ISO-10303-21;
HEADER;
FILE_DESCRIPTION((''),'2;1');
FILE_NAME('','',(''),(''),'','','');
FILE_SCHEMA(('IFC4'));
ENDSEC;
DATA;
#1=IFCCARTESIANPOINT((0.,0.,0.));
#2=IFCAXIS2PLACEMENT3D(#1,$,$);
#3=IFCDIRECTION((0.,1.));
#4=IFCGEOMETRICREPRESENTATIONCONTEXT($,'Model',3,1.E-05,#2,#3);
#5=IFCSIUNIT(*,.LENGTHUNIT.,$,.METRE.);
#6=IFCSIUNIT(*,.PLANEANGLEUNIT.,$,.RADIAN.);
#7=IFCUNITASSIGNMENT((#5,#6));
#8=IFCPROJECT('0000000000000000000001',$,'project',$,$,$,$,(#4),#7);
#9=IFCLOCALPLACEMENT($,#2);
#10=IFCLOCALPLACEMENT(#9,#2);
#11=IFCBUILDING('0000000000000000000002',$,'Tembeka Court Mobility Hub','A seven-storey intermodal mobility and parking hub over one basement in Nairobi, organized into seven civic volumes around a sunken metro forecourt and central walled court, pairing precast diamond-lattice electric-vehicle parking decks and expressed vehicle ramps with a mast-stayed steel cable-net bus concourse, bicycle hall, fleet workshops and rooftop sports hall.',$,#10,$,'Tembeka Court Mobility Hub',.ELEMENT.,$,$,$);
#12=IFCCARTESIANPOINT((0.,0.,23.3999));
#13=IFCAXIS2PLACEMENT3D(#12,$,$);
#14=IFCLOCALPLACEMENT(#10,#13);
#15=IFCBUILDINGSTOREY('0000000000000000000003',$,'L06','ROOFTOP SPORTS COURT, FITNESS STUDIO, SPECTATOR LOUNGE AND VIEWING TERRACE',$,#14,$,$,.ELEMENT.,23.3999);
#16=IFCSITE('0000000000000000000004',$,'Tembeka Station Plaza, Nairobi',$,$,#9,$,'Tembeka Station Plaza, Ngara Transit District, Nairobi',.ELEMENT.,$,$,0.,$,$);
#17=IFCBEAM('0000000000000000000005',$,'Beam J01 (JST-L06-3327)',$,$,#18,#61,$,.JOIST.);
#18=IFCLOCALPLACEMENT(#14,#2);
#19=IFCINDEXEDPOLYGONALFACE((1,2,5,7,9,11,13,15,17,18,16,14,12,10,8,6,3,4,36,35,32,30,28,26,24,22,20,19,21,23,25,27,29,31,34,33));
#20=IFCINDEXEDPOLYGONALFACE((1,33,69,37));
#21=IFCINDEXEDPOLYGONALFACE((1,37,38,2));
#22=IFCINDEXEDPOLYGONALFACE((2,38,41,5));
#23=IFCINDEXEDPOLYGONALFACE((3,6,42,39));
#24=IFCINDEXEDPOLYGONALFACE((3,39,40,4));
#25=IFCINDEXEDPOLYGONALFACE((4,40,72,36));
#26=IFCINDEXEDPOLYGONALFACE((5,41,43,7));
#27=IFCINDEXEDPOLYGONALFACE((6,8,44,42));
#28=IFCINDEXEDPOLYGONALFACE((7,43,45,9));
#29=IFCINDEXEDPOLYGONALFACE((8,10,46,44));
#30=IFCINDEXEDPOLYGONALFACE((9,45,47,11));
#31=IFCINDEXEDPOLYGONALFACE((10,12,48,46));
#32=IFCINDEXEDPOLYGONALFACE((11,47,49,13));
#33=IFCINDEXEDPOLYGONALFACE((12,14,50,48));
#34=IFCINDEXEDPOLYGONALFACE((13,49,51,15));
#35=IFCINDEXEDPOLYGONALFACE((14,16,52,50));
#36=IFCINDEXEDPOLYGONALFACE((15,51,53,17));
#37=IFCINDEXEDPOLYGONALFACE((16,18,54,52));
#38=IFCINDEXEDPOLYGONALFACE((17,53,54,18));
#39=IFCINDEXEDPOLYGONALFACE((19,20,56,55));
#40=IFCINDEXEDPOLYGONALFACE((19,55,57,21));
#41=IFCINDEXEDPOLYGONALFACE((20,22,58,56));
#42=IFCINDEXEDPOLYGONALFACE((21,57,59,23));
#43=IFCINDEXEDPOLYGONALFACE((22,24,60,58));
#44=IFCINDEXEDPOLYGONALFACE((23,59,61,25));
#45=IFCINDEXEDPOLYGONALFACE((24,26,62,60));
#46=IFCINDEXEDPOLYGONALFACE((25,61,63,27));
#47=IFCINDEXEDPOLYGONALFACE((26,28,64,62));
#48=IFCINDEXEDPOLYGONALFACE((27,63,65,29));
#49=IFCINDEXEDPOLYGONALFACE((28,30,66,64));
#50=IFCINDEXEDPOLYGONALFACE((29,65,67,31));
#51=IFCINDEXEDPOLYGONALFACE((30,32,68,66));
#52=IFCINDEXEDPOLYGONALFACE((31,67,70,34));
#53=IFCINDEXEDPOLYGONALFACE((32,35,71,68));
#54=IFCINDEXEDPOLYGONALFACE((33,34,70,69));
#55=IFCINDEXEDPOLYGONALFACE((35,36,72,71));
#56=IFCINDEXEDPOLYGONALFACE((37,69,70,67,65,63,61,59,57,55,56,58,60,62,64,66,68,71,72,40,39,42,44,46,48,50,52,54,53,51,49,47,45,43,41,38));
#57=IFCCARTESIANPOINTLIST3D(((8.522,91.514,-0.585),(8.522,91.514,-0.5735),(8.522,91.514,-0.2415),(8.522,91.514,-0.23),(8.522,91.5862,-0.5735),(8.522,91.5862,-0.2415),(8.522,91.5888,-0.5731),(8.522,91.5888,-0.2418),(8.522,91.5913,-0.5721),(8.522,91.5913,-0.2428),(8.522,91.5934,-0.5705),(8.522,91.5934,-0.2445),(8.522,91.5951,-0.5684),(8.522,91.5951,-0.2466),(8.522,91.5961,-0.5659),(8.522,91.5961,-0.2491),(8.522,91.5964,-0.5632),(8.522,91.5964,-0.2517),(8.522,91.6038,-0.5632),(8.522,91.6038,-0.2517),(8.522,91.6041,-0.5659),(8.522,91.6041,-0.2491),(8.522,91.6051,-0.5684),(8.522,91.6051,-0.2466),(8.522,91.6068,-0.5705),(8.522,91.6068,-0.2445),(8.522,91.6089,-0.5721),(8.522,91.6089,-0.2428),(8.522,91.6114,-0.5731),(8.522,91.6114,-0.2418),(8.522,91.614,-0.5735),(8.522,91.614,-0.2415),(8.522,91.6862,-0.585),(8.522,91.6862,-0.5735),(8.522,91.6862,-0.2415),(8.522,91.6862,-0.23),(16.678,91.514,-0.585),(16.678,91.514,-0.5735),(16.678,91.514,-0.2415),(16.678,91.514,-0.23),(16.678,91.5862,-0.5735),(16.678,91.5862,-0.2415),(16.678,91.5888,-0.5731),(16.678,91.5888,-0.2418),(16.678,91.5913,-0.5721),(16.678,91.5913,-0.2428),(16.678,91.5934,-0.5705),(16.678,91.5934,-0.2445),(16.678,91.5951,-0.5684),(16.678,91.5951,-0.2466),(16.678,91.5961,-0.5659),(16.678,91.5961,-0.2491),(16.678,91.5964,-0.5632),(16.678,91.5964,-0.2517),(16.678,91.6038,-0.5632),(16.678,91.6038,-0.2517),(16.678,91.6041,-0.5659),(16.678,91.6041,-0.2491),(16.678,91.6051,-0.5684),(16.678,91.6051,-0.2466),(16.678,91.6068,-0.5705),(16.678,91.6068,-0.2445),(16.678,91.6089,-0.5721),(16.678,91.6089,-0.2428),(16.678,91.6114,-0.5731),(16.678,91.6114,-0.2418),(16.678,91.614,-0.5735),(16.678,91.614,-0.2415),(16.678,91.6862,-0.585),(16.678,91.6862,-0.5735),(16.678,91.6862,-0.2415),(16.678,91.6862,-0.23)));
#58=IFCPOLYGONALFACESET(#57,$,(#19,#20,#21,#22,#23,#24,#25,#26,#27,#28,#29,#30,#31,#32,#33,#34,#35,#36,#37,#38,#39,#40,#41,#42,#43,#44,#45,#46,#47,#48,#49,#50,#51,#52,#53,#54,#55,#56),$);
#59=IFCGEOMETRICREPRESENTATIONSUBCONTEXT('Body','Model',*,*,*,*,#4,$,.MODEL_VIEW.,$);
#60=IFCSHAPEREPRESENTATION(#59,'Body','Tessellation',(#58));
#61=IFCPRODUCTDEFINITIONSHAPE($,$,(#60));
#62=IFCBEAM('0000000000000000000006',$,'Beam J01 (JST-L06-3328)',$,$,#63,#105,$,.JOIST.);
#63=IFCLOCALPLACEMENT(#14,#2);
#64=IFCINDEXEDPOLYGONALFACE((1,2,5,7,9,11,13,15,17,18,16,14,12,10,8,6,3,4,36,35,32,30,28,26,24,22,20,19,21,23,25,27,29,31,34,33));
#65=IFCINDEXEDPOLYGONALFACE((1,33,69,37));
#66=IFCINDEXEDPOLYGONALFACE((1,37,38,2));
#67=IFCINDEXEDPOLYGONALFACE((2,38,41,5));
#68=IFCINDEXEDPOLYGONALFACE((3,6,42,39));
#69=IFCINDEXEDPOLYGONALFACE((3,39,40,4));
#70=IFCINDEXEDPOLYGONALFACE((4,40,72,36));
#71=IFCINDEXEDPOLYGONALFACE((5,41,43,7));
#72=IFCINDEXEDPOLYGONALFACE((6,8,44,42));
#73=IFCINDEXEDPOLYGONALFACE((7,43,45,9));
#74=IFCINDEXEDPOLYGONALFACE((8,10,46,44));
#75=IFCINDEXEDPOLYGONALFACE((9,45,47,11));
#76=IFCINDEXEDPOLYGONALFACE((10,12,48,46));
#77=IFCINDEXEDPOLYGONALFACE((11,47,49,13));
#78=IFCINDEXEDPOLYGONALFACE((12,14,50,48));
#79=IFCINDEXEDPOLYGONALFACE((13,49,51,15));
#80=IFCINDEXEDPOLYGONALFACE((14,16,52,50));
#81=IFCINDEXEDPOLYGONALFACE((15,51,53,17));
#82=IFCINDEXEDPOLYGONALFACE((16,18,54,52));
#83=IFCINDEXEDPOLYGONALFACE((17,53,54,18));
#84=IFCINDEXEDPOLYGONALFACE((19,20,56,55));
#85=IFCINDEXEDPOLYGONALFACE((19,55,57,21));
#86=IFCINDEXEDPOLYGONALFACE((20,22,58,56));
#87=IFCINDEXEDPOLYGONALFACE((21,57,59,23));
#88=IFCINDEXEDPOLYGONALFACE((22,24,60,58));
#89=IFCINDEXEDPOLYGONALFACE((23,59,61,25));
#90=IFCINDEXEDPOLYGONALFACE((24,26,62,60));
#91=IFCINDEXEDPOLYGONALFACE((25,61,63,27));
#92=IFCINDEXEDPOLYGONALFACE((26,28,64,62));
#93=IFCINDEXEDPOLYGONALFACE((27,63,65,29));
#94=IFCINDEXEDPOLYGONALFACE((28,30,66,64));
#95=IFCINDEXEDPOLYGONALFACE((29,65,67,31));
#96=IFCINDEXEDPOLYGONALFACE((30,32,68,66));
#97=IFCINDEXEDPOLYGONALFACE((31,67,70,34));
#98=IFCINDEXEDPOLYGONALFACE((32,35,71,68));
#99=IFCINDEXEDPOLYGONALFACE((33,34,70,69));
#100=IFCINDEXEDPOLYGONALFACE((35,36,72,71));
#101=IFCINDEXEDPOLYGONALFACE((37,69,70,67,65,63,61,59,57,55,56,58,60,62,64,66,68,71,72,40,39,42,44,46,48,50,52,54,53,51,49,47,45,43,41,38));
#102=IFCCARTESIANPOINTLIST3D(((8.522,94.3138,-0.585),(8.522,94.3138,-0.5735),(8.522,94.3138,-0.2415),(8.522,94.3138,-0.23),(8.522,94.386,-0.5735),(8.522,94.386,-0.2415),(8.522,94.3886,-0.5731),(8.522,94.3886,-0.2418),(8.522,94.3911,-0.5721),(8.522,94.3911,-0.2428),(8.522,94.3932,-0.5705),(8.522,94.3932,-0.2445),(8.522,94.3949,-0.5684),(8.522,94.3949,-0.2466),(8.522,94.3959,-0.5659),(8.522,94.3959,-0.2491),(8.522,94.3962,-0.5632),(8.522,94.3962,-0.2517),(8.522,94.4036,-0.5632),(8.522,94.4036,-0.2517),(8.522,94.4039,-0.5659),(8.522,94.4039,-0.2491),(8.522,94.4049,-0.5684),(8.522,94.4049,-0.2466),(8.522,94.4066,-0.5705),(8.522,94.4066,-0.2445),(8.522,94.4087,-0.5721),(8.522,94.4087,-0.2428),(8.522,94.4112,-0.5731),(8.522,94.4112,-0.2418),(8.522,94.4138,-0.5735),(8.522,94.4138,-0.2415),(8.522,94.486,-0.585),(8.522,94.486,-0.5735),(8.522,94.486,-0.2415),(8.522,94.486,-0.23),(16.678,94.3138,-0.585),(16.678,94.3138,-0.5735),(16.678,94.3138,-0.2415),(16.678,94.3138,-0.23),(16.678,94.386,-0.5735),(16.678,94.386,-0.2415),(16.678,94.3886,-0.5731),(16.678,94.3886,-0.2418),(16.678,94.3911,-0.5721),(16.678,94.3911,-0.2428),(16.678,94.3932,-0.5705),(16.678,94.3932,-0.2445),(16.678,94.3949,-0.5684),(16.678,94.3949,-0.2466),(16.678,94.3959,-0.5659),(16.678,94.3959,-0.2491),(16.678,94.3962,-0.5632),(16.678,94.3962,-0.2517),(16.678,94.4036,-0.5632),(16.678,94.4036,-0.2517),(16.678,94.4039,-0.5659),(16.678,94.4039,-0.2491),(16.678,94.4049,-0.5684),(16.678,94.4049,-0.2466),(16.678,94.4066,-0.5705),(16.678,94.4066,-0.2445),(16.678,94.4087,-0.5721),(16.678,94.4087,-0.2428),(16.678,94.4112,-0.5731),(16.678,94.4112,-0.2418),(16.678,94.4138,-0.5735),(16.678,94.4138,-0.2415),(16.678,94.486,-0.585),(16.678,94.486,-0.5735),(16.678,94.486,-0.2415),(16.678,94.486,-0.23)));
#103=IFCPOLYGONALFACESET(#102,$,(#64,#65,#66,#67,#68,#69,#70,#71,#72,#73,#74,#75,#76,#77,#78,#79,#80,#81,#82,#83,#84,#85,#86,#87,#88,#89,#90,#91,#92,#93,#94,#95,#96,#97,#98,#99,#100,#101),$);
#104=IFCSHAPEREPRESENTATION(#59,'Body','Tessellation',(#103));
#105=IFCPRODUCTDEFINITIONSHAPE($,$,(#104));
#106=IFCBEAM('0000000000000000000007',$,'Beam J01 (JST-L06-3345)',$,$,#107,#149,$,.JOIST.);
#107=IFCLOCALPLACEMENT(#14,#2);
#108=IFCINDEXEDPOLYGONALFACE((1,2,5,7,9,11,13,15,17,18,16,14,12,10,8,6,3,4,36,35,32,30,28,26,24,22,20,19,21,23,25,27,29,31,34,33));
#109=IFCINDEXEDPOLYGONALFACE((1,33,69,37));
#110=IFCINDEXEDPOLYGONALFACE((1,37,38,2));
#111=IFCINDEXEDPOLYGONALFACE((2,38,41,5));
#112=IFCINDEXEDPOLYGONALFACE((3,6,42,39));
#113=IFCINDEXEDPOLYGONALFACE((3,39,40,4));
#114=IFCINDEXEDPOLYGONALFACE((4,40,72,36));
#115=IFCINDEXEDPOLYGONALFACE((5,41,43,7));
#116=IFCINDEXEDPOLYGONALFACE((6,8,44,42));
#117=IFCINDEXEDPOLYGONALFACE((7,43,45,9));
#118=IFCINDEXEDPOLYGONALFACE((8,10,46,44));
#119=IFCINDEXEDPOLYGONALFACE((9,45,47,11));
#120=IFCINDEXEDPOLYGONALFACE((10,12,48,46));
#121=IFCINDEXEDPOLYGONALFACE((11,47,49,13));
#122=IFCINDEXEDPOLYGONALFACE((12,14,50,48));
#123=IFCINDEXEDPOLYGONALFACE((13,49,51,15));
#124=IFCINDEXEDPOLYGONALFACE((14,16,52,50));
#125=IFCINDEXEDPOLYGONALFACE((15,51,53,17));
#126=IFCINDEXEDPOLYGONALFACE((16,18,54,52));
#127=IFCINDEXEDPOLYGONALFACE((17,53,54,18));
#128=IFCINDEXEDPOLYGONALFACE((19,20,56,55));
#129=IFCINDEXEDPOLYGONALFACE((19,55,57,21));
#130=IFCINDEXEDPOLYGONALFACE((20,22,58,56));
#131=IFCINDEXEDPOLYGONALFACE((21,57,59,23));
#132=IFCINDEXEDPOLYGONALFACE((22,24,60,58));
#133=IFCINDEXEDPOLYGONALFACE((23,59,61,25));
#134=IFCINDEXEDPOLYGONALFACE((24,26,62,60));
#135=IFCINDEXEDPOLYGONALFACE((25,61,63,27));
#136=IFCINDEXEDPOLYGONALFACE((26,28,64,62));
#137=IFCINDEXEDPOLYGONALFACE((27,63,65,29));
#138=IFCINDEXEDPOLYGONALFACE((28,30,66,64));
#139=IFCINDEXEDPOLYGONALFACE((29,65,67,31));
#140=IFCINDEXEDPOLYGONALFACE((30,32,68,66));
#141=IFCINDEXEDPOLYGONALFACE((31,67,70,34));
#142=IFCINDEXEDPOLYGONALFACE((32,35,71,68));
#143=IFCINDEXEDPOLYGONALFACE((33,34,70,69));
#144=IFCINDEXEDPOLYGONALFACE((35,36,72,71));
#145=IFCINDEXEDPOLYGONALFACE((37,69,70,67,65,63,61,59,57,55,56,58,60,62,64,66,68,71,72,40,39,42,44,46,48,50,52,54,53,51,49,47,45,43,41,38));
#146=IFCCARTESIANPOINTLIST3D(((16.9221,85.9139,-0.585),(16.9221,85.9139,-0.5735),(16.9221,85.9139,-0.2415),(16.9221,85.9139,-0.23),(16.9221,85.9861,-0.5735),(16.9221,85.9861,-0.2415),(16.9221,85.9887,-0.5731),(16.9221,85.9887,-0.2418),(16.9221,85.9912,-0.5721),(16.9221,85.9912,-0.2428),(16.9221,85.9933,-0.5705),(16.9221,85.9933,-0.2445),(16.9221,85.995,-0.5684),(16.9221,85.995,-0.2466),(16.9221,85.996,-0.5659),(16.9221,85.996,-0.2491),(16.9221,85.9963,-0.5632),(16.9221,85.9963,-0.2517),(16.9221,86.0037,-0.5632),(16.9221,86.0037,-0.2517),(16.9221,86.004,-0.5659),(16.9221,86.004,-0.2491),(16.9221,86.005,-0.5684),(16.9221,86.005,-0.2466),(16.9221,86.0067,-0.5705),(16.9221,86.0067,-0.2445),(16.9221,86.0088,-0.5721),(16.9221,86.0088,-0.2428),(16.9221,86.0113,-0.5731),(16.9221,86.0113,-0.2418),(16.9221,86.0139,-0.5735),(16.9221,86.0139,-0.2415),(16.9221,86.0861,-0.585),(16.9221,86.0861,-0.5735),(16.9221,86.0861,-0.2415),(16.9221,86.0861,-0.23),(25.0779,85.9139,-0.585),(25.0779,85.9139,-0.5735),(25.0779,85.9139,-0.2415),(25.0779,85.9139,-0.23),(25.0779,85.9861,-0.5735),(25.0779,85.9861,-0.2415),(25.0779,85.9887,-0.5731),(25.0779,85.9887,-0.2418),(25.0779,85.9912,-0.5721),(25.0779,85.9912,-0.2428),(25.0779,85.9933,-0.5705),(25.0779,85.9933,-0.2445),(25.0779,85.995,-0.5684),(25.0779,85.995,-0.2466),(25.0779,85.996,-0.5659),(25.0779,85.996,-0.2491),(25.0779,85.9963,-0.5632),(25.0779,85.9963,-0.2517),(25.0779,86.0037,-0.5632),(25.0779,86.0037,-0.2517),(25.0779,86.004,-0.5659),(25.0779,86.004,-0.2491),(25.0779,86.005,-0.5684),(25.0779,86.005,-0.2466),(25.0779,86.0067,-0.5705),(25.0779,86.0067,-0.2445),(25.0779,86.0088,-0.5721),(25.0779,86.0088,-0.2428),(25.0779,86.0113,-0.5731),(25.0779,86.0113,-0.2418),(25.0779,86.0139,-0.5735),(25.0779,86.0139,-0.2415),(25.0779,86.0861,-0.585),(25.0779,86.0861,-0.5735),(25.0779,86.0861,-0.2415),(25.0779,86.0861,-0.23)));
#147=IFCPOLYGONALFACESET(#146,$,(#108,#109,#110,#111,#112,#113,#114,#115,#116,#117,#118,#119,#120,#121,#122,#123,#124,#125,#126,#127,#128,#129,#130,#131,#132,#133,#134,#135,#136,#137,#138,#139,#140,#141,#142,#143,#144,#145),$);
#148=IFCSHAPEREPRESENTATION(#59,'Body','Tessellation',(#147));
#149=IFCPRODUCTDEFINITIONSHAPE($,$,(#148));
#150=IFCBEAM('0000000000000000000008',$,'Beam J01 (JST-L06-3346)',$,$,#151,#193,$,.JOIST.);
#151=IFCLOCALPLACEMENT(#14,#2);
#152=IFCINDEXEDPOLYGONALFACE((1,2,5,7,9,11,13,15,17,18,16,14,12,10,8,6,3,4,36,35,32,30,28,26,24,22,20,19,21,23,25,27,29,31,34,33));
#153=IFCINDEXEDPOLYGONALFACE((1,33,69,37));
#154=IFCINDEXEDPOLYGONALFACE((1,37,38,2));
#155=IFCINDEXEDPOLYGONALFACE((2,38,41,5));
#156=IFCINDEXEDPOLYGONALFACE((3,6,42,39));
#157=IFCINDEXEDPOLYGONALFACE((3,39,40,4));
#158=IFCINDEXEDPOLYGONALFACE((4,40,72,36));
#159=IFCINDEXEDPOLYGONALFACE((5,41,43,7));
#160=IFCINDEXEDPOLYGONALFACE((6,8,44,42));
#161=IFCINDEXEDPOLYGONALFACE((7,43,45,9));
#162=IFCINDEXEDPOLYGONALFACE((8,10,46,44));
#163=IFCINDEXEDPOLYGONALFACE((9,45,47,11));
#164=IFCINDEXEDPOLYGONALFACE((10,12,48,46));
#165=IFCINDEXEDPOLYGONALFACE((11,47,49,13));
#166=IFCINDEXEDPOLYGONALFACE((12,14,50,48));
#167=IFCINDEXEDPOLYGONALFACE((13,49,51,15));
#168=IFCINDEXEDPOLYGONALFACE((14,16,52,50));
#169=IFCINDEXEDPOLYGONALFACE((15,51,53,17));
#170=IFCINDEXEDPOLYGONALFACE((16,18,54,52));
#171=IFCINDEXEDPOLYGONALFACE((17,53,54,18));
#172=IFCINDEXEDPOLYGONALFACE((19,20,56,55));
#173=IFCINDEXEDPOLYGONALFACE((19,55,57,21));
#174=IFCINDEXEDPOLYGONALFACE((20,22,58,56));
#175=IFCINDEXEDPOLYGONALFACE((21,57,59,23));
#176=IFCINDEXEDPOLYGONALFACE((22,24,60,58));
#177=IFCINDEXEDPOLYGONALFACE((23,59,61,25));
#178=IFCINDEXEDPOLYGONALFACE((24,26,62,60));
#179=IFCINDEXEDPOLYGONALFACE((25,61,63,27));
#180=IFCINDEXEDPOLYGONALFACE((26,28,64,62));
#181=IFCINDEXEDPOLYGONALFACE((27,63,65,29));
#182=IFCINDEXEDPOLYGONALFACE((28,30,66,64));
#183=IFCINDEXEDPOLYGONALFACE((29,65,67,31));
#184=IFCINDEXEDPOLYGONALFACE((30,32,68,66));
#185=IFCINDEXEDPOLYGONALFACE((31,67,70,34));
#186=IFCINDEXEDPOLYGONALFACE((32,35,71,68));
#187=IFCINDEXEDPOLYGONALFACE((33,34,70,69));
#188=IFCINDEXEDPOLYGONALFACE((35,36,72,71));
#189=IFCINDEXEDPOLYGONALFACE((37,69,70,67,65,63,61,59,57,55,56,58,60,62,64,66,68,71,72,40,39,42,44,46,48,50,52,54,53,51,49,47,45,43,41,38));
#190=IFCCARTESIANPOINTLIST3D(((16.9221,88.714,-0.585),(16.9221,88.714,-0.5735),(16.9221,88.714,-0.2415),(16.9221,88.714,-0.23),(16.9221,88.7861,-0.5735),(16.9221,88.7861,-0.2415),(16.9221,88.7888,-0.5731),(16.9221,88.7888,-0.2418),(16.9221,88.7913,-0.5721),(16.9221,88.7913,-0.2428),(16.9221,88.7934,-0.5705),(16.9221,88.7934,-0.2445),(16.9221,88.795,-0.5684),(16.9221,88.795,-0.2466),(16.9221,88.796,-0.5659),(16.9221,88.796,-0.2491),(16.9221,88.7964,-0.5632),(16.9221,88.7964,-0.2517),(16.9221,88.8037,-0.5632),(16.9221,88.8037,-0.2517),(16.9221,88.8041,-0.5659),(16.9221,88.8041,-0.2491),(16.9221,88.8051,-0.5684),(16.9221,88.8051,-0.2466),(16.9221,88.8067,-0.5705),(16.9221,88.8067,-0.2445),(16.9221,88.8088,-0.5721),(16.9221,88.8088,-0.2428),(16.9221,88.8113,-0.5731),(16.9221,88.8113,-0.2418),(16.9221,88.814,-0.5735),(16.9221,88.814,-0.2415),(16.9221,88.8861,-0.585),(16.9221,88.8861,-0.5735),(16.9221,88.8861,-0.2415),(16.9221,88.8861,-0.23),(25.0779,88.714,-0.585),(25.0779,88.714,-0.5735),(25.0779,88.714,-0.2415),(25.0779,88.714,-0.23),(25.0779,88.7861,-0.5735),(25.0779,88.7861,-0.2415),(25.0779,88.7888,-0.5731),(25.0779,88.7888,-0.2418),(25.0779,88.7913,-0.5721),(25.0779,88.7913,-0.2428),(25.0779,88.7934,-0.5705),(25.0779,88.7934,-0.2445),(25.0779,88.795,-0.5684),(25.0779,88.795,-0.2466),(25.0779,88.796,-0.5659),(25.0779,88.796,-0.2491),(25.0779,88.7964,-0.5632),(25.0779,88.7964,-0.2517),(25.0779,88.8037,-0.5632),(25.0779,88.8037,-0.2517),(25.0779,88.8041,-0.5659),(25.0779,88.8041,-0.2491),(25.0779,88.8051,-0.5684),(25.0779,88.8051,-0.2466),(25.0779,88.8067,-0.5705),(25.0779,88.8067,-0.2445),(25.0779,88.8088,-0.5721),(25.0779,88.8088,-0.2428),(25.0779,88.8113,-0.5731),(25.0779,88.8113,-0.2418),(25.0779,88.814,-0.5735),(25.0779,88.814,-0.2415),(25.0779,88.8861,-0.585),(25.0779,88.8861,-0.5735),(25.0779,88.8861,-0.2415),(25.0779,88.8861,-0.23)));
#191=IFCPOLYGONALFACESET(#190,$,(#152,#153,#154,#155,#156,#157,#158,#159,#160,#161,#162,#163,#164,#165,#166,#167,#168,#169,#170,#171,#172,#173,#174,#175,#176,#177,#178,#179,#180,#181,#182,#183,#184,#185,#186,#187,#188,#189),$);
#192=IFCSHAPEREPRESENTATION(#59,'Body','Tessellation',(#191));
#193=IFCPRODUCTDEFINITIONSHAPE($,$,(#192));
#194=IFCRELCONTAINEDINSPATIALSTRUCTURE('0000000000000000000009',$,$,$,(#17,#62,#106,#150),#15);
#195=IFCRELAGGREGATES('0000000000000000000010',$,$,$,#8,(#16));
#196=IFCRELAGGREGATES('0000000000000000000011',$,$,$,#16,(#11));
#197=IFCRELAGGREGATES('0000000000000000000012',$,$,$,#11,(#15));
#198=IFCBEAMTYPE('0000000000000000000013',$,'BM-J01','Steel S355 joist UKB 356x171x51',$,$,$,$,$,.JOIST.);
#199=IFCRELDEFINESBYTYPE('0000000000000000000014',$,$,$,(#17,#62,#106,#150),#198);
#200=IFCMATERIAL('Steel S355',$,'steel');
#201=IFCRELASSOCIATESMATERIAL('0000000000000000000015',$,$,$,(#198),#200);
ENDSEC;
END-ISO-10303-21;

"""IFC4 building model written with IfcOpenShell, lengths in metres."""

from ifc_helpers import new_model, si_unit, direction, frame, origin, origin_2d, place, context, subcontext, project, spatial, i_section, extrude, material, material_profile, profile_set, type_object, element, save


model = new_model("IFC4")

# Units and contexts
model_context = context("Model", 3, precision=1e-05, world=origin(), true_north=direction((0.0, 1.0)))
body_context = subcontext(model_context, "Body", "Model", "MODEL_VIEW")
ifc_project = project(units=[si_unit("LENGTHUNIT", "METRE"), si_unit("PLANEANGLEUNIT", "RADIAN")], contexts=[model_context])

# Site, building, storey
site_placement = place(None, origin())
site = spatial("IfcSite", under=ifc_project, at=site_placement, Name="Tembeka Station Plaza, Nairobi", LongName="Tembeka Station Plaza, Ngara Transit District, Nairobi", CompositionType="ELEMENT", RefElevation=0.0)
building_placement = place(site_placement, origin())
building = spatial("IfcBuilding", under=site, at=building_placement, Name="Tembeka Court Mobility Hub", Description="A seven-storey intermodal mobility and parking hub over one basement in Nairobi, organized into seven civic volumes around a sunken metro forecourt and central walled court, pairing precast diamond-lattice electric-vehicle parking decks and expressed vehicle ramps with a mast-stayed steel cable-net bus concourse, bicycle hall, fleet workshops and rooftop sports hall.", LongName="Tembeka Court Mobility Hub", CompositionType="ELEMENT")
storey_placement = place(building_placement, frame((0.0, 0.0, 23.3999)))
storey = spatial("IfcBuildingStorey", under=building, at=storey_placement, Name="L06", Description="ROOFTOP SPORTS COURT, FITNESS STUDIO, SPECTATOR LOUNGE AND VIEWING TERRACE", CompositionType="ELEMENT", Elevation=23.3999)

# Beams
ifc_material_1 = material(Name="Steel S355", Category="steel")
ifc_material_profile_1 = material_profile(ifc_material_1, i_section(OverallWidth=0.1721, OverallDepth=0.355, WebThickness=0.0073, FlangeThickness=0.0115, FilletRadius=0.0103, at=origin_2d()), Name="UKB 356x171x51")
ifc_profile_set_1 = profile_set([ifc_material_profile_1], Name="Steel S355")
beam_type_1 = type_object("IfcBeamType", Name="BM-J01", Description="Steel S355 joist UKB 356x171x51", PredefinedType="JOIST", material=ifc_profile_set_1)
for number, where, z_axis, x_axis, name in (
    (1, (8.522, 91.6001, -0.4075), (1.0, 0.0, 0.0), (0.0, 1.0, 0.0), "Beam J01 (JST-L06-3327)"),
    (2, (8.522, 94.3999, -0.4075), (1.0, 0.0, 0.0), (0.0, 1.0, 0.0), "Beam J01 (JST-L06-3328)"),
):
    element("IfcBeam", number, at=place(storey_placement, frame(where, z_axis=z_axis, x_axis=x_axis)), inside=storey, type_object=beam_type_1, Name=name, PredefinedType="JOIST", context=body_context, shape_type="SweptSolid", body=[
        extrude(i_section(OverallWidth=0.1721, OverallDepth=0.355, WebThickness=0.0073, FlangeThickness=0.0115, FilletRadius=0.0103, at=origin_2d()), origin(), (0.0, 0.0, 1.0), 8.156),
    ])
for number, where, z_axis, x_axis, name in (
    (3, (16.9221, 86.0, -0.4075), (1.0, 0.0, 0.0), (0.0, 1.0, 0.0), "Beam J01 (JST-L06-3345)"),
    (4, (16.9221, 88.8, -0.4075), (1.0, 0.0, 0.0), (0.0, 1.0, 0.0), "Beam J01 (JST-L06-3346)"),
):
    element("IfcBeam", number, at=place(storey_placement, frame(where, z_axis=z_axis, x_axis=x_axis)), inside=storey, type_object=beam_type_1, Name=name, PredefinedType="JOIST", context=body_context, shape_type="SweptSolid", body=[
        extrude(i_section(OverallWidth=0.1721, OverallDepth=0.355, WebThickness=0.0073, FlangeThickness=0.0115, FilletRadius=0.0103, at=origin_2d()), origin(), (0.0, 0.0, 1.0), 8.1558),
    ])

save(model, "model.ifc")
